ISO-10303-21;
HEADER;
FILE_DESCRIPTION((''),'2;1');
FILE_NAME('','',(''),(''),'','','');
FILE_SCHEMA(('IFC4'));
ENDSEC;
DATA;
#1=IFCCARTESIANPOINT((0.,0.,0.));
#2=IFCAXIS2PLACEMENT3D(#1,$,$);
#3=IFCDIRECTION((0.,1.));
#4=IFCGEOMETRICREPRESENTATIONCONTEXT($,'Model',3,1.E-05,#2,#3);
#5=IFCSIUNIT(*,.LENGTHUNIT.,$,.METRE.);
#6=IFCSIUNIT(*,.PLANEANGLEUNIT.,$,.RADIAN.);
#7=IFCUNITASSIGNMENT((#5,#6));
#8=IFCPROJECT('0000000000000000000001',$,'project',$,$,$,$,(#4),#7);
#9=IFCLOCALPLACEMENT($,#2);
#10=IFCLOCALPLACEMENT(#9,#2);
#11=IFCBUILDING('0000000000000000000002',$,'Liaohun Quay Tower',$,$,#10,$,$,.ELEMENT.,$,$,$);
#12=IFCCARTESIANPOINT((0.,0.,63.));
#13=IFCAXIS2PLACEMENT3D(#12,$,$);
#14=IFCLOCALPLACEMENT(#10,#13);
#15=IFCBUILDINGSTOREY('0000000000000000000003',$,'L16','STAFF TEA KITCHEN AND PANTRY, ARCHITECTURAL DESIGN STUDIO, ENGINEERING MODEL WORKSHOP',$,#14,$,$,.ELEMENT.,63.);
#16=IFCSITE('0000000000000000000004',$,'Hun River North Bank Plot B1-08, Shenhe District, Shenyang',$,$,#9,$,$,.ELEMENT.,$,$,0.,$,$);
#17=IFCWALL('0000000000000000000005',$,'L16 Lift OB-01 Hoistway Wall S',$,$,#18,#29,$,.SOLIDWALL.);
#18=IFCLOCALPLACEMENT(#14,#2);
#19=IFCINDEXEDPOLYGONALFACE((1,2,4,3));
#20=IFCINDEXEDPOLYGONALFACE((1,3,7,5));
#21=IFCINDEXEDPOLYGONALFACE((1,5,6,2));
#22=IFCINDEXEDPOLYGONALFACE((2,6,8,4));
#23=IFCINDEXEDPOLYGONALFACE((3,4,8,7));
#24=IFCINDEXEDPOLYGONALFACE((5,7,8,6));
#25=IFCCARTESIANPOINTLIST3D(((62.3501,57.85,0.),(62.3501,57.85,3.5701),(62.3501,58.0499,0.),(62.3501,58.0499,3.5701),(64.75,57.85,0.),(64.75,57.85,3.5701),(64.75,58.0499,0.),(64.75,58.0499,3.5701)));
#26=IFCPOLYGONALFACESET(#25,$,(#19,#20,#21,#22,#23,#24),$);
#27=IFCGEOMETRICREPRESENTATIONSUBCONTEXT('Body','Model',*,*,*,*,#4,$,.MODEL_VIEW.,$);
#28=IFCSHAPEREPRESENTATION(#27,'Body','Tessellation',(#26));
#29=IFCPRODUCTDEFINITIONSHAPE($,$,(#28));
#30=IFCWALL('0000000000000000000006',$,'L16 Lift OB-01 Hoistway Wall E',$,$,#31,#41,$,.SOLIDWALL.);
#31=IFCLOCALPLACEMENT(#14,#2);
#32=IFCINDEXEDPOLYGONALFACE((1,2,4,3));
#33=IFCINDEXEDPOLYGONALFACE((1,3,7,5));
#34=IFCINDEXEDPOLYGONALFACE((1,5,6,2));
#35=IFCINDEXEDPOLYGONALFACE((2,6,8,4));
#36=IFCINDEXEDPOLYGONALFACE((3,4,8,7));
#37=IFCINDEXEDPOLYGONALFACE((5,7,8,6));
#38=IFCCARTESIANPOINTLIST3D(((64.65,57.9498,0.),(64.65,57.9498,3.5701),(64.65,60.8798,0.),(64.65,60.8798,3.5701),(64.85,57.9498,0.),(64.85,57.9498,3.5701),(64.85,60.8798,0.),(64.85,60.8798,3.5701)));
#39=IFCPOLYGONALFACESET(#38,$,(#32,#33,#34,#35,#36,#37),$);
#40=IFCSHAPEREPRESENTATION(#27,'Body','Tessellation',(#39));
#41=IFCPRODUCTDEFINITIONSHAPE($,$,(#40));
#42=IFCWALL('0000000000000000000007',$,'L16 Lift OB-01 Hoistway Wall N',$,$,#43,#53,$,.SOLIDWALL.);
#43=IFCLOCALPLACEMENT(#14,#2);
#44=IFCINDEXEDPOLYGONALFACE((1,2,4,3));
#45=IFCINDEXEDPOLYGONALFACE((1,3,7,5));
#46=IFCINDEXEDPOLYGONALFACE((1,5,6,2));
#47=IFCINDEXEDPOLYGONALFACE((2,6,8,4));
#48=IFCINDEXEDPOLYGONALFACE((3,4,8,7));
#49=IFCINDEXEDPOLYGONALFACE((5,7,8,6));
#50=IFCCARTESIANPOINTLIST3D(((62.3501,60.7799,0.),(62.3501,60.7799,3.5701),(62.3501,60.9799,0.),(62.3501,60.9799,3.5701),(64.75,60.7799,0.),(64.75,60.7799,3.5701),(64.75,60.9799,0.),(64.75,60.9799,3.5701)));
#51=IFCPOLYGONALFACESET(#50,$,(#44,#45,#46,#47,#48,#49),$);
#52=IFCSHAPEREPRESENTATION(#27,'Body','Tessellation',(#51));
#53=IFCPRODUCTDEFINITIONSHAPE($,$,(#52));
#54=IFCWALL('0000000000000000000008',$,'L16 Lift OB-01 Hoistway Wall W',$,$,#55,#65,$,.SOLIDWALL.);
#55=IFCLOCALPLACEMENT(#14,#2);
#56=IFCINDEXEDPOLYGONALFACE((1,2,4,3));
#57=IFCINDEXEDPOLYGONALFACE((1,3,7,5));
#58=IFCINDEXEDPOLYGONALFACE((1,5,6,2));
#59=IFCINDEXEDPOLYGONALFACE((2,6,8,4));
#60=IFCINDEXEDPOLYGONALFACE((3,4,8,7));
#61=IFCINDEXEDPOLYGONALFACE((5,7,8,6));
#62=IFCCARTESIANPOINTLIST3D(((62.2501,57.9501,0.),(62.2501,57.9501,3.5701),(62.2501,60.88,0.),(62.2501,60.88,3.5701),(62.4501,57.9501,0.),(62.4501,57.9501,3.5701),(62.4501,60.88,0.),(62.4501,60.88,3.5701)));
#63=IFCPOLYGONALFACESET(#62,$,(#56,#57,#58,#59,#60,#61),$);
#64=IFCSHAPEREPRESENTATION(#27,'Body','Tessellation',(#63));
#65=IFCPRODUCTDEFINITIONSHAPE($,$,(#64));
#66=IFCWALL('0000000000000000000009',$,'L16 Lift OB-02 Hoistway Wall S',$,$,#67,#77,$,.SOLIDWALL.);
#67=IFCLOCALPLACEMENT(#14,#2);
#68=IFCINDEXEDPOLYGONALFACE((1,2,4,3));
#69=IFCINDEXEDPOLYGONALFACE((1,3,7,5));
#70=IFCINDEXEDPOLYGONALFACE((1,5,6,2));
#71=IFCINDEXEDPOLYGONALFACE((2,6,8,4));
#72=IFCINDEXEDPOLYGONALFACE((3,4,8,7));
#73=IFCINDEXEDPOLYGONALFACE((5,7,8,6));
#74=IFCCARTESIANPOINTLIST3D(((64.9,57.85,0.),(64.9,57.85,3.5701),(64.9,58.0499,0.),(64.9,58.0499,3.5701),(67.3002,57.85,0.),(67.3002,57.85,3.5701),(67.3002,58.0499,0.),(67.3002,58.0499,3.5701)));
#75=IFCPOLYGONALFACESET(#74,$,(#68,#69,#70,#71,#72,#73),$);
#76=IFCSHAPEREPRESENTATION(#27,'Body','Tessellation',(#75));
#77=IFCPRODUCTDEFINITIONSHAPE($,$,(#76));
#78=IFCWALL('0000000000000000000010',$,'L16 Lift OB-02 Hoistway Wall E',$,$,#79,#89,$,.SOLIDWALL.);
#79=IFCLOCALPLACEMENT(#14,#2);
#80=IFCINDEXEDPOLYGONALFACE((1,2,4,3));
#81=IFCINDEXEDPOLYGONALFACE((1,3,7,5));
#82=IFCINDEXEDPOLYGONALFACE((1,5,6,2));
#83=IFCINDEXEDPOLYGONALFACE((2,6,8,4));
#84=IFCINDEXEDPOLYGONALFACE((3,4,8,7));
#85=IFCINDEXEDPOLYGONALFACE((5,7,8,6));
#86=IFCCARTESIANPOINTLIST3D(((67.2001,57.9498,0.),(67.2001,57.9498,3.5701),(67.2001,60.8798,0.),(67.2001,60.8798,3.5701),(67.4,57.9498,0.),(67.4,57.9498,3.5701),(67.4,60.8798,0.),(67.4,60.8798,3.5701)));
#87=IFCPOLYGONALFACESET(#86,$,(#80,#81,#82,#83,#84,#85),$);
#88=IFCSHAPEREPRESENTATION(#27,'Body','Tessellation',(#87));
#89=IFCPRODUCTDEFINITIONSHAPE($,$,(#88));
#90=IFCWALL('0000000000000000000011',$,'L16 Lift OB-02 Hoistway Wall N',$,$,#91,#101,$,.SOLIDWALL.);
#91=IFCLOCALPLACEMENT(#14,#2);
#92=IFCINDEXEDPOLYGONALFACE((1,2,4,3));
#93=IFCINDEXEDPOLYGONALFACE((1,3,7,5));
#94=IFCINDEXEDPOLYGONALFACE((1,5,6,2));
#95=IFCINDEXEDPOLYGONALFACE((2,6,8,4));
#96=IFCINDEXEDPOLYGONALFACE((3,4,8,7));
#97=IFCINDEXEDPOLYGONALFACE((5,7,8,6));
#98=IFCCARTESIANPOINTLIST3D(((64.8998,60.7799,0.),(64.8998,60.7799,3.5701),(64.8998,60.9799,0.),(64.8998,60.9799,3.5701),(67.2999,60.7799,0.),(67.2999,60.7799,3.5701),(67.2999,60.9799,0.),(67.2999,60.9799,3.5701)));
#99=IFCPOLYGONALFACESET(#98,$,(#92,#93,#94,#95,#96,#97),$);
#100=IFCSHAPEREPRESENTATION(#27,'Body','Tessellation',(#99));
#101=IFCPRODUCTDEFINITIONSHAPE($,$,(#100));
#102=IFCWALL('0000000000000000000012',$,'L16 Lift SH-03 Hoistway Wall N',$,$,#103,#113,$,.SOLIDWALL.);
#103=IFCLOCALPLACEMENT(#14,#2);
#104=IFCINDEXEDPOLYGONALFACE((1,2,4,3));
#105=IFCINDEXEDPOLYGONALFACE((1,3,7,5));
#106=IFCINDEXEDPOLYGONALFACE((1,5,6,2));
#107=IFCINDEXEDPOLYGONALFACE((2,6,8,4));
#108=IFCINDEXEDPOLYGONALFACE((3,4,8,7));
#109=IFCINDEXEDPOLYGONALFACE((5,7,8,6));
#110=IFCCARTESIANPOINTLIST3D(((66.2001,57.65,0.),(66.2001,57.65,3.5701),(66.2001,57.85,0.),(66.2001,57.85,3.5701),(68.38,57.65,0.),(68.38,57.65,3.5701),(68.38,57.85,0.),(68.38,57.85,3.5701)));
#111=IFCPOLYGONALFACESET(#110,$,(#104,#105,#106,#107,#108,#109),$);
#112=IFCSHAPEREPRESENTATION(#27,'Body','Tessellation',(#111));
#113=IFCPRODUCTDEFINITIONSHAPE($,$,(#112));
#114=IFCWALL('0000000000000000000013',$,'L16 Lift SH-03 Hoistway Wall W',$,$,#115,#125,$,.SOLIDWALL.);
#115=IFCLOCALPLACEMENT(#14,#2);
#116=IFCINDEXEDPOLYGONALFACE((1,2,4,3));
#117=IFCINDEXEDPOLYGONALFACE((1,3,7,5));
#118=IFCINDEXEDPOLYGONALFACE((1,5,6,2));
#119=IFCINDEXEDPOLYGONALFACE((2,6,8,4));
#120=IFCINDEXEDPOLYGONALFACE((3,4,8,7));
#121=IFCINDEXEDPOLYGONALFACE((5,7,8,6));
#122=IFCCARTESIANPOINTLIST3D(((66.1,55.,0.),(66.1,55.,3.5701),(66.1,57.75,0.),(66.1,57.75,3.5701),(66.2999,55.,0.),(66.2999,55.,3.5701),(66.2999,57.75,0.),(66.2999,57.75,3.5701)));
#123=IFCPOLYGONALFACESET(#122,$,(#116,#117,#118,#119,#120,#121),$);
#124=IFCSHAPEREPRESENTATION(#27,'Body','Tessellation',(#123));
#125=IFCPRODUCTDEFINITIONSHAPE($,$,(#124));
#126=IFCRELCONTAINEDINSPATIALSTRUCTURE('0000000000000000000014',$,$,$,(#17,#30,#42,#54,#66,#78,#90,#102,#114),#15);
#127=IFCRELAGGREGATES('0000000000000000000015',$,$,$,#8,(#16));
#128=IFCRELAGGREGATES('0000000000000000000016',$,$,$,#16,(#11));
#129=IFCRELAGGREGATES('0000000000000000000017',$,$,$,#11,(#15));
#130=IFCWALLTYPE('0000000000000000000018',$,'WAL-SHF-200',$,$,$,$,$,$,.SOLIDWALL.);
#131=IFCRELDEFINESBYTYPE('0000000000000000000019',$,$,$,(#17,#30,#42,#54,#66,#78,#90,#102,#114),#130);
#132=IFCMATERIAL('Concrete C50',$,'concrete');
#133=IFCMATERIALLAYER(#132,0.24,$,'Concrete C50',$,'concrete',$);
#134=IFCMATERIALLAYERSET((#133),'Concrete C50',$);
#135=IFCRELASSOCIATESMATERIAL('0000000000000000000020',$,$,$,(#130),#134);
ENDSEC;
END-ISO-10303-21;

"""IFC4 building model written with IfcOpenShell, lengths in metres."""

from ifc_helpers import new_model, si_unit, direction, frame, frame_2d, origin, place, context, subcontext, project, spatial, rectangle, extrude, material, layer, layer_set, type_object, element, save


model = new_model("IFC4")

# Units and contexts
model_context = context("Model", 3, precision=1e-05, world=origin(), true_north=direction((0.0, 1.0)))
body_context = subcontext(model_context, "Body", "Model", "MODEL_VIEW")
ifc_project = project(units=[si_unit("LENGTHUNIT", "METRE"), si_unit("PLANEANGLEUNIT", "RADIAN")], contexts=[model_context])

# Site, building, storey
site_placement = place(None, origin())
site = spatial("IfcSite", under=ifc_project, at=site_placement, Name="Hun River North Bank Plot B1-08, Shenhe District, Shenyang", CompositionType="ELEMENT", RefElevation=0.0)
building_placement = place(site_placement, origin())
building = spatial("IfcBuilding", under=site, at=building_placement, Name="Liaohun Quay Tower", CompositionType="ELEMENT")
storey_placement = place(building_placement, frame((0.0, 0.0, 63.0)))
storey = spatial("IfcBuildingStorey", under=building, at=storey_placement, Name="L16", Description="STAFF TEA KITCHEN AND PANTRY, ARCHITECTURAL DESIGN STUDIO, ENGINEERING MODEL WORKSHOP", CompositionType="ELEMENT", Elevation=63.0)

# Shared definitions
ifc_material_1 = material(Name="Concrete C50", Category="concrete")
ifc_layer_1 = layer(ifc_material_1, 0.24, Name="Concrete C50", Category="concrete")
ifc_layer_set_1 = layer_set([ifc_layer_1], Name="Concrete C50")
wall_type_1 = type_object("IfcWallType", Name="WAL-SHF-200", PredefinedType="SOLIDWALL", material=ifc_layer_set_1)

# Walls
wall_1_placement = place(storey_placement, frame((62.3501, 57.95, 0.0), z_axis=(0.0, 0.0, 1.0), x_axis=(1.0, 0.0, 0.0)))
element("IfcWall", 1, at=wall_1_placement, inside=storey, type_object=wall_type_1, Name="L16 Lift OB-01 Hoistway Wall S", PredefinedType="SOLIDWALL", context=body_context, shape_type="SweptSolid", body=[
    extrude(rectangle(XDim=2.3999, YDim=0.2, at=frame_2d((1.2, 0.0))), origin(), (0.0, 0.0, 1.0), 3.5701),
])
wall_2_placement = place(storey_placement, frame((64.75, 57.95, 0.0), z_axis=(0.0, 0.0, 1.0), x_axis=(0.0, 1.0, 0.0)))
element("IfcWall", 2, at=wall_2_placement, inside=storey, type_object=wall_type_1, Name="L16 Lift OB-01 Hoistway Wall E", PredefinedType="SOLIDWALL", context=body_context, shape_type="SweptSolid", body=[
    extrude(rectangle(XDim=2.9299, YDim=0.2, at=frame_2d((1.4648, 0.0))), origin(), (0.0, 0.0, 1.0), 3.5701),
])
wall_3_placement = place(storey_placement, frame((64.75, 60.8799, 0.0), z_axis=(0.0, 0.0, 1.0), x_axis=(-1.0, 0.0, 0.0)))
element("IfcWall", 3, at=wall_3_placement, inside=storey, type_object=wall_type_1, Name="L16 Lift OB-01 Hoistway Wall N", PredefinedType="SOLIDWALL", context=body_context, shape_type="SweptSolid", body=[
    extrude(rectangle(XDim=2.3999, YDim=0.2, at=frame_2d((1.2, 0.0))), origin(), (0.0, 0.0, 1.0), 3.5701),
])
wall_4_placement = place(storey_placement, frame((62.3501, 60.8799, 0.0), z_axis=(0.0, 0.0, 1.0), x_axis=(0.0, -1.0, 0.0)))
element("IfcWall", 4, at=wall_4_placement, inside=storey, type_object=wall_type_1, Name="L16 Lift OB-01 Hoistway Wall W", PredefinedType="SOLIDWALL", context=body_context, shape_type="SweptSolid", body=[
    extrude(rectangle(XDim=2.9299, YDim=0.2, at=frame_2d((1.4648, 0.0))), origin(), (0.0, 0.0, 1.0), 3.5701),
])
wall_5_placement = place(storey_placement, frame((64.8999, 57.95, 0.0), z_axis=(0.0, 0.0, 1.0), x_axis=(1.0, 0.0, 0.0)))
element("IfcWall", 5, at=wall_5_placement, inside=storey, type_object=wall_type_1, Name="L16 Lift OB-02 Hoistway Wall S", PredefinedType="SOLIDWALL", context=body_context, shape_type="SweptSolid", body=[
    extrude(rectangle(XDim=2.4001, YDim=0.2, at=frame_2d((1.2002, 0.0))), origin(), (0.0, 0.0, 1.0), 3.5701),
])
wall_6_placement = place(storey_placement, frame((67.3, 57.95, 0.0), z_axis=(0.0, 0.0, 1.0), x_axis=(0.0, 1.0, 0.0)))
element("IfcWall", 6, at=wall_6_placement, inside=storey, type_object=wall_type_1, Name="L16 Lift OB-02 Hoistway Wall E", PredefinedType="SOLIDWALL", context=body_context, shape_type="SweptSolid", body=[
    extrude(rectangle(XDim=2.9299, YDim=0.2, at=frame_2d((1.4648, 0.0))), origin(), (0.0, 0.0, 1.0), 3.5701),
])
wall_7_placement = place(storey_placement, frame((67.3, 60.8799, 0.0), z_axis=(0.0, 0.0, 1.0), x_axis=(-1.0, 0.0, 0.0)))
element("IfcWall", 7, at=wall_7_placement, inside=storey, type_object=wall_type_1, Name="L16 Lift OB-02 Hoistway Wall N", PredefinedType="SOLIDWALL", context=body_context, shape_type="SweptSolid", body=[
    extrude(rectangle(XDim=2.4001, YDim=0.2, at=frame_2d((1.2002, 0.0))), origin(), (0.0, 0.0, 1.0), 3.5701),
])
wall_8_placement = place(storey_placement, frame((68.3799, 57.75, 0.0), z_axis=(0.0, 0.0, 1.0), x_axis=(-1.0, 0.0, 0.0)))
element("IfcWall", 8, at=wall_8_placement, inside=storey, type_object=wall_type_1, Name="L16 Lift SH-03 Hoistway Wall N", PredefinedType="SOLIDWALL", context=body_context, shape_type="SweptSolid", body=[
    extrude(rectangle(XDim=2.1799, YDim=0.2, at=frame_2d((1.0898, 0.0))), origin(), (0.0, 0.0, 1.0), 3.5701),
])
wall_9_placement = place(storey_placement, frame((66.2, 57.75, 0.0), z_axis=(0.0, 0.0, 1.0), x_axis=(0.0, -1.0, 0.0)))
element("IfcWall", 9, at=wall_9_placement, inside=storey, type_object=wall_type_1, Name="L16 Lift SH-03 Hoistway Wall W", PredefinedType="SOLIDWALL", context=body_context, shape_type="SweptSolid", body=[
    extrude(rectangle(XDim=2.75, YDim=0.2, at=frame_2d((1.375, 0.0))), origin(), (0.0, 0.0, 1.0), 3.5701),
])

save(model, "model.ifc")
